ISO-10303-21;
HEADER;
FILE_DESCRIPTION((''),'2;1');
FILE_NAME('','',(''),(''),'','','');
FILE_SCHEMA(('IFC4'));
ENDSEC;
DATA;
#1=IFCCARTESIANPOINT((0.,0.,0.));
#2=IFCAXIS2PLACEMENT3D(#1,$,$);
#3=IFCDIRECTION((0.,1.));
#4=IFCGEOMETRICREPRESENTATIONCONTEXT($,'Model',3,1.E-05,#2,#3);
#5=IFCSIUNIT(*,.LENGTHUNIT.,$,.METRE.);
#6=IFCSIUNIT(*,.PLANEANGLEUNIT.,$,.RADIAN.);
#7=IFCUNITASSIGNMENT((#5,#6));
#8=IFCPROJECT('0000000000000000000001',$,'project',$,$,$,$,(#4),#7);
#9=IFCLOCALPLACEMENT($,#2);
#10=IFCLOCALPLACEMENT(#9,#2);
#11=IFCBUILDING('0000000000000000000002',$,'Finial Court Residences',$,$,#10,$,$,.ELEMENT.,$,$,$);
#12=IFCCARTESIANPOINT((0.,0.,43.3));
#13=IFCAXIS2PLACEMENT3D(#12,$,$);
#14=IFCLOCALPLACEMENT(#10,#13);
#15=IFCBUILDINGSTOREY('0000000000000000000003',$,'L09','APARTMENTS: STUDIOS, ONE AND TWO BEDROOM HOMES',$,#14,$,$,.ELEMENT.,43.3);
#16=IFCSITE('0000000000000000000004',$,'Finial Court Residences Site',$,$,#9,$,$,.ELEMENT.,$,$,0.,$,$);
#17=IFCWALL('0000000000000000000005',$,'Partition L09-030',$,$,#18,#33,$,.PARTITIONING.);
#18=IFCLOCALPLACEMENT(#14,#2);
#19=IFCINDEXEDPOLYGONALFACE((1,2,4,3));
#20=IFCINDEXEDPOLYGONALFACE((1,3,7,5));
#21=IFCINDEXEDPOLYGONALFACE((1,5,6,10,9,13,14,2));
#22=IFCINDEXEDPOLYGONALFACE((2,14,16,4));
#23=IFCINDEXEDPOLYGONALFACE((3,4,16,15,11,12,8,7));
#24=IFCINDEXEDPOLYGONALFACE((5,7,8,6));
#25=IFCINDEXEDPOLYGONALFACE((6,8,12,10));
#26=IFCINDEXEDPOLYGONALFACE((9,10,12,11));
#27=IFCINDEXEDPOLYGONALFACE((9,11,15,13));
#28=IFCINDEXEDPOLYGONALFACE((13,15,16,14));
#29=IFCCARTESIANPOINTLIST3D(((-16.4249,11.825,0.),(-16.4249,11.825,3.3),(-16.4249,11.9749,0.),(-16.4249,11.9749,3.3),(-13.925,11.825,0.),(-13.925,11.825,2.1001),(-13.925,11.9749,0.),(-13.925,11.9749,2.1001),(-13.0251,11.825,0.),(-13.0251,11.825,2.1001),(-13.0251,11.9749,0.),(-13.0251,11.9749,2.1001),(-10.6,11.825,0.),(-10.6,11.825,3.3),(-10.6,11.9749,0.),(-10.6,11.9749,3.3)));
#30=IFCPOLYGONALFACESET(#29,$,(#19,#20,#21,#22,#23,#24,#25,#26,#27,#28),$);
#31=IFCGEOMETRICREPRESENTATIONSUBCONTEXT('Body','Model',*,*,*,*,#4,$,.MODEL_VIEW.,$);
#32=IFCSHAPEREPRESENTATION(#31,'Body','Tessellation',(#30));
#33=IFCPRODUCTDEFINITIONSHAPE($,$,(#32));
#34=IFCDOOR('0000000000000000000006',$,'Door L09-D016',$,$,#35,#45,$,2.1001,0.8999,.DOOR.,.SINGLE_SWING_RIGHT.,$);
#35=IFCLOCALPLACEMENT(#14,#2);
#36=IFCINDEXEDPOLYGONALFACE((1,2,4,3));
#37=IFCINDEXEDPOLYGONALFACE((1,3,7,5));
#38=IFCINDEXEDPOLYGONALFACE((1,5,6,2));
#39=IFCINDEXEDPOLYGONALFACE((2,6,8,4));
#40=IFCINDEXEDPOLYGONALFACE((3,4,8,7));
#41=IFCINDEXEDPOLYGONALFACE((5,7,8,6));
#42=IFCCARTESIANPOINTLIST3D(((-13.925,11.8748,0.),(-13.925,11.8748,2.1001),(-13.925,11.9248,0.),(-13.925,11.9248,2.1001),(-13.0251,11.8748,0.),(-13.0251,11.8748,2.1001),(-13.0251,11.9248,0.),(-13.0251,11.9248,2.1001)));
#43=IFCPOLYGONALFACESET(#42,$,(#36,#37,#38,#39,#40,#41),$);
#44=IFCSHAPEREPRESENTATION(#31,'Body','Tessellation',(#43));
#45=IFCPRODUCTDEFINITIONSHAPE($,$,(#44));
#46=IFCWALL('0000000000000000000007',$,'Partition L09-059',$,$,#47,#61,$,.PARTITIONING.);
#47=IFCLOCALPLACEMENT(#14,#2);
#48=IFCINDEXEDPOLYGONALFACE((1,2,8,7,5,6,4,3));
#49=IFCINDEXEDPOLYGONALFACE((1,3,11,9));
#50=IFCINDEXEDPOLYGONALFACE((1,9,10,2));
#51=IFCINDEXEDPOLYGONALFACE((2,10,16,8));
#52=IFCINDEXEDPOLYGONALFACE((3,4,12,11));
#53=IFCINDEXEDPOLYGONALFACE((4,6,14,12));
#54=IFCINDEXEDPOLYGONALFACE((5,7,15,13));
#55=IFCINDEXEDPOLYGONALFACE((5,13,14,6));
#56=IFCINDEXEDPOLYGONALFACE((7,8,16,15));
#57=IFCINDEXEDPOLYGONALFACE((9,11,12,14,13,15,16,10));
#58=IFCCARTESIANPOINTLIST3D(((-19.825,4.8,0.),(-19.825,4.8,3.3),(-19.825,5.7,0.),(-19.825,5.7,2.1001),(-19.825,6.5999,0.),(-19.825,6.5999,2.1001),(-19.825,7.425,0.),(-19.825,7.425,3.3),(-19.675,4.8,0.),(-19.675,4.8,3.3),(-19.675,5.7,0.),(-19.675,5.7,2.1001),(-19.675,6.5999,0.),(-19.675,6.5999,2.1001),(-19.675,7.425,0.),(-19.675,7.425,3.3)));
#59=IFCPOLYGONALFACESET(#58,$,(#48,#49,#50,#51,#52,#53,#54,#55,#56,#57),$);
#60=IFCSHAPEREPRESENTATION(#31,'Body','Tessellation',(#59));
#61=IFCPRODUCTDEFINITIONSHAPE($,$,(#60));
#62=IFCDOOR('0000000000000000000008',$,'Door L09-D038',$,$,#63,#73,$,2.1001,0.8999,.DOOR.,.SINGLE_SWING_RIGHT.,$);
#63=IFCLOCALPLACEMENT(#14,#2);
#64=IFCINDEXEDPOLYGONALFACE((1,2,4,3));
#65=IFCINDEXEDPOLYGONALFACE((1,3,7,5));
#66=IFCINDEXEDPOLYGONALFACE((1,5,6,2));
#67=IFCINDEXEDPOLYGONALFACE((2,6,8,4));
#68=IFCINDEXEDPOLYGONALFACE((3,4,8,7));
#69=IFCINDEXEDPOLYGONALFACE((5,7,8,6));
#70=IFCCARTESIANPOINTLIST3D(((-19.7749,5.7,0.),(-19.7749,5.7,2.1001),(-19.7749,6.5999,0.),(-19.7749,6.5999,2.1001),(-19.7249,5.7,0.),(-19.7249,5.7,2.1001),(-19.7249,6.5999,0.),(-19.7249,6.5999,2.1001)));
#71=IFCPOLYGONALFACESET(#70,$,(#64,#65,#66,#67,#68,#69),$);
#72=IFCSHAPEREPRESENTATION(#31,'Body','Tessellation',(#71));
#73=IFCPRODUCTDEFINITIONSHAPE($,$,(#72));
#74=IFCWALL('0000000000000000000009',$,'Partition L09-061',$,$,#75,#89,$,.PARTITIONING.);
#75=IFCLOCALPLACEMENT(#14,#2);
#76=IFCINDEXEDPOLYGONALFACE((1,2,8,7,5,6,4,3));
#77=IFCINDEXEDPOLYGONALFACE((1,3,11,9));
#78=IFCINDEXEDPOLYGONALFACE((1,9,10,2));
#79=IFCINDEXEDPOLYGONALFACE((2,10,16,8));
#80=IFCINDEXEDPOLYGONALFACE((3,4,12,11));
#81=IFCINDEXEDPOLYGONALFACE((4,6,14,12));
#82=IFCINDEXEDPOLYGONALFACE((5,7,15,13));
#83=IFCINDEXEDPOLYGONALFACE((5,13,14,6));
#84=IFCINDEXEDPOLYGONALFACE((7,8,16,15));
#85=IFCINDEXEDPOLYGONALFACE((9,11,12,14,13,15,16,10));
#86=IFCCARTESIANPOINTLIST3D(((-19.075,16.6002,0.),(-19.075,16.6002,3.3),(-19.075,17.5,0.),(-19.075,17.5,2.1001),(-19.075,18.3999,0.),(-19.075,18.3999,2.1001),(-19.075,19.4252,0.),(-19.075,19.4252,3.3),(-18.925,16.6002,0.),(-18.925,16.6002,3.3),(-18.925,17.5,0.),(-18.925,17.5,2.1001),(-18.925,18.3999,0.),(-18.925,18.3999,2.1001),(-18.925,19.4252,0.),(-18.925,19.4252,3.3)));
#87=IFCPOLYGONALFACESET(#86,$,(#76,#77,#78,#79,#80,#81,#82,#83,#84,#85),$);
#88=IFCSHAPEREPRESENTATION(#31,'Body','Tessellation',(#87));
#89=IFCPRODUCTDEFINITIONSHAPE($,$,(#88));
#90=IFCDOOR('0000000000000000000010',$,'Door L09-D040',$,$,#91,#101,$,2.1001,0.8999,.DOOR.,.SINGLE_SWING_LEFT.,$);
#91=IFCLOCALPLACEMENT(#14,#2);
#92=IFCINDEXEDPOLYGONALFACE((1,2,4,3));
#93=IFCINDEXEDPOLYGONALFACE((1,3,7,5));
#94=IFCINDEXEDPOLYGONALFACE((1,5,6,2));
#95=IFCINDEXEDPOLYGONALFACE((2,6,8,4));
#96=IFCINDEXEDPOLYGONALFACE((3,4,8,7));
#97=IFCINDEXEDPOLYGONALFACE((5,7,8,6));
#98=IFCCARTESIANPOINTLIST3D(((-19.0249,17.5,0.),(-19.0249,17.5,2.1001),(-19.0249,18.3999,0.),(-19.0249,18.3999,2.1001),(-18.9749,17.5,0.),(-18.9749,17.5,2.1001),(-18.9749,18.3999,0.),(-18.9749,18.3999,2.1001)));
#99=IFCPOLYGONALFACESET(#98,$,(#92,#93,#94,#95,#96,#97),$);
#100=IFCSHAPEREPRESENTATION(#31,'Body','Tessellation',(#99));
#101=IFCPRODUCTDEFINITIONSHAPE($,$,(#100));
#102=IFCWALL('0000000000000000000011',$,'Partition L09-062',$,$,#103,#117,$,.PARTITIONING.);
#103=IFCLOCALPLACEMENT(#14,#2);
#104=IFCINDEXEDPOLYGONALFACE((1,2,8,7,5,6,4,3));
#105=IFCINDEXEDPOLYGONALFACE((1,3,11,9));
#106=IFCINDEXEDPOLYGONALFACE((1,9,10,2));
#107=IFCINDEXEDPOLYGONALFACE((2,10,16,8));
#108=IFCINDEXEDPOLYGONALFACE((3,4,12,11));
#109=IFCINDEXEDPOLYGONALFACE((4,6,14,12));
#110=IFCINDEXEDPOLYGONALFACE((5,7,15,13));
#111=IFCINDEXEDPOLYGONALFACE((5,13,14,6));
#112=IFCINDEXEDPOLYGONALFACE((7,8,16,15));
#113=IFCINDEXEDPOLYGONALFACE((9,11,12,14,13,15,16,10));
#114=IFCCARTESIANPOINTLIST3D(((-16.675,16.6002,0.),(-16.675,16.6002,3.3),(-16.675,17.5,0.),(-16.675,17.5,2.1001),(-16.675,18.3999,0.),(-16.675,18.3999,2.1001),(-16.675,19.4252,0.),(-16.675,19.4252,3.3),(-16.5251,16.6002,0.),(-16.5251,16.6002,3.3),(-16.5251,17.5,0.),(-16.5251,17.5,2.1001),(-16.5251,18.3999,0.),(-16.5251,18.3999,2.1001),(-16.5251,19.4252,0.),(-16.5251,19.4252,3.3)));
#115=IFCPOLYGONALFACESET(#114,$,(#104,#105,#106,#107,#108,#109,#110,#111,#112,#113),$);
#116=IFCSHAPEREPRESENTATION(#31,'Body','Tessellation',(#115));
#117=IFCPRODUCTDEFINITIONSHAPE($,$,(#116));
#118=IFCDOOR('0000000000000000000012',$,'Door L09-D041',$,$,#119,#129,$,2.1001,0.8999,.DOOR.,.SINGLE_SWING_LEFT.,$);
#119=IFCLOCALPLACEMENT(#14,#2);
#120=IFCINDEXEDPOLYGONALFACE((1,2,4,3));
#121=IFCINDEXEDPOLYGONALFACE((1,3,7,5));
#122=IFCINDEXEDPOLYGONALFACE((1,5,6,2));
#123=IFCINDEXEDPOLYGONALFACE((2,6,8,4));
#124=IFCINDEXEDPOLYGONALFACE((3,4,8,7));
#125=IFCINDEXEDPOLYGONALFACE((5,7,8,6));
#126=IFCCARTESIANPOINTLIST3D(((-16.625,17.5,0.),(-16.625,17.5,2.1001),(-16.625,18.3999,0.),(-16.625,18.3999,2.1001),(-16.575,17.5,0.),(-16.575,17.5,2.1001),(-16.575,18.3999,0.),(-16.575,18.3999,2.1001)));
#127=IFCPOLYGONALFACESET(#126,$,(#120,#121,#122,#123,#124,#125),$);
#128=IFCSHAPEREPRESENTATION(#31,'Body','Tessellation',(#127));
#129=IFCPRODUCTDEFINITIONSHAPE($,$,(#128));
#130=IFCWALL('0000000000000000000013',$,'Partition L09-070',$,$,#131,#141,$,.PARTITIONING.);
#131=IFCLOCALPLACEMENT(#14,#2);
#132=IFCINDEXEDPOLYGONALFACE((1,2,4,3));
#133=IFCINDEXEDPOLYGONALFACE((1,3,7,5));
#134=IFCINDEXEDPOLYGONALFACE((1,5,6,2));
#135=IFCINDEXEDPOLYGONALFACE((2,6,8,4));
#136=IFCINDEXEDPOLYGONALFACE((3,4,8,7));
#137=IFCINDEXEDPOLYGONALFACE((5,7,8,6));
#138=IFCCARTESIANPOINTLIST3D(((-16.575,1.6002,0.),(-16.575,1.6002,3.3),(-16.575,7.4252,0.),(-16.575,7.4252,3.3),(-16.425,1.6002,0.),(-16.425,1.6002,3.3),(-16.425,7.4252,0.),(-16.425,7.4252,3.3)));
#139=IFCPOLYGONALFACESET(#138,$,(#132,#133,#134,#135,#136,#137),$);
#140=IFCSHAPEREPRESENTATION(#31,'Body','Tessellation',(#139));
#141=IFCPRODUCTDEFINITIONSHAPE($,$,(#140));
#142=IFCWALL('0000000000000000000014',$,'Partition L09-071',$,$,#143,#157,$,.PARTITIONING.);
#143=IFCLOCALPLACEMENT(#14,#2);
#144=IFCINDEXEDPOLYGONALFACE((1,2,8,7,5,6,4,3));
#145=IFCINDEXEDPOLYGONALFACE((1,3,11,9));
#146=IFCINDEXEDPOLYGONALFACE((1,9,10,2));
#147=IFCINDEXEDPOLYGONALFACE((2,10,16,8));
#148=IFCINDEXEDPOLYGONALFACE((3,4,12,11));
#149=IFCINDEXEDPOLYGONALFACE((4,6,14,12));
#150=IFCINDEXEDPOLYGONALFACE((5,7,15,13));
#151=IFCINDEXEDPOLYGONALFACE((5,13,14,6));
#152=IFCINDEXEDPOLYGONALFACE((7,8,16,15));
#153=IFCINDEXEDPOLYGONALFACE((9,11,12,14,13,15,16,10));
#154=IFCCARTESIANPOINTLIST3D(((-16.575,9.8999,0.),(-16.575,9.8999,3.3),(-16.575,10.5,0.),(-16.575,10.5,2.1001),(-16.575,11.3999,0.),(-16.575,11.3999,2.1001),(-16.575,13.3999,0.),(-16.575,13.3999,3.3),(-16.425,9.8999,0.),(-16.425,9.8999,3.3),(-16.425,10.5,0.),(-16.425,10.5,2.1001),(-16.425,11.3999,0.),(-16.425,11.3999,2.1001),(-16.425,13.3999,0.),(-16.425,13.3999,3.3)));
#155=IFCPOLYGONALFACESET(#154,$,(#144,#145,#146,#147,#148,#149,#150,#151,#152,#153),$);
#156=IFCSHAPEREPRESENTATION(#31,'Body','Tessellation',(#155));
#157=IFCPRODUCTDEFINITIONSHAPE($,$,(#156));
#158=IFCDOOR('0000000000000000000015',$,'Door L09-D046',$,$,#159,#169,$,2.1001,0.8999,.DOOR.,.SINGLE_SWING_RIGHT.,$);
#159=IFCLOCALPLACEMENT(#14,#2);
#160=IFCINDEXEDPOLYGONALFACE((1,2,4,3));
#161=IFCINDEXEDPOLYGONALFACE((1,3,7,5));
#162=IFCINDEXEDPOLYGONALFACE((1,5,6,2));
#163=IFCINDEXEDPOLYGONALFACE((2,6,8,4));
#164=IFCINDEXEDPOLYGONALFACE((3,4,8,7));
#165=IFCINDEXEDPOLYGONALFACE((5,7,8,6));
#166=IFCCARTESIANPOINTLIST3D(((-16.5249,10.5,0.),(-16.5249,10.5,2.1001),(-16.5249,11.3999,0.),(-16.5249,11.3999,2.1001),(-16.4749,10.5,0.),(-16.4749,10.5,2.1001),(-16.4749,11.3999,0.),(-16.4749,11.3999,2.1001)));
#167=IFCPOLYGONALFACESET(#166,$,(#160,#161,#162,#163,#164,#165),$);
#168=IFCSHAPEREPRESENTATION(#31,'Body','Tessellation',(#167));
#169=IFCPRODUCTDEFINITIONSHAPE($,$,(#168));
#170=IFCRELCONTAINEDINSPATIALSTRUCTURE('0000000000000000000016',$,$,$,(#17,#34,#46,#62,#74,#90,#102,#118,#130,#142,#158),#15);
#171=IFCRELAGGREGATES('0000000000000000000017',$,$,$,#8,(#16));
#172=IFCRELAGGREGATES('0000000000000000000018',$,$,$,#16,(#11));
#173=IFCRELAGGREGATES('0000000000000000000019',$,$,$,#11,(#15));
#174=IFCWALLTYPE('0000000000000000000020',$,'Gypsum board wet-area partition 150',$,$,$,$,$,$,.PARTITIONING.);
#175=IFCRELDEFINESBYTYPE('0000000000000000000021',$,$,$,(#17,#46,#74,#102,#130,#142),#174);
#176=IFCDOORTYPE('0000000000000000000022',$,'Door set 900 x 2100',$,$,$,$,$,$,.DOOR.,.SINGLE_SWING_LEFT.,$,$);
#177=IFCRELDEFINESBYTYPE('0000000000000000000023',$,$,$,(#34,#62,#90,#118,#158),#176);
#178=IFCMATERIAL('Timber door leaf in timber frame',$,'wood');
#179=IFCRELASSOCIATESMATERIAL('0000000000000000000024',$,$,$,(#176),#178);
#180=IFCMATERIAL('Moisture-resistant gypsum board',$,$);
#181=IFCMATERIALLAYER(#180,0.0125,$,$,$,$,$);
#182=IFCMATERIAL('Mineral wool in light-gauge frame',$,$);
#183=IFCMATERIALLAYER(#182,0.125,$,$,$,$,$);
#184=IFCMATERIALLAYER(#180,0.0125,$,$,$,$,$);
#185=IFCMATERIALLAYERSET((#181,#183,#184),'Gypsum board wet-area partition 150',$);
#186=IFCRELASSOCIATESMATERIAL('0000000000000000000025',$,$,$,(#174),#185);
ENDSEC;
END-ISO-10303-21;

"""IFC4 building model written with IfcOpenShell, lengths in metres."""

from ifc_helpers import new_model, si_unit, direction, frame, frame_2d, origin, place, context, subcontext, project, spatial, rectangle, extrude, material, layer, layer_set, type_object, element, fill, save


model = new_model("IFC4")

# Units and contexts
model_context = context("Model", 3, precision=1e-05, world=origin(), true_north=direction((0.0, 1.0)))
body_context = subcontext(model_context, "Body", "Model", "MODEL_VIEW")
ifc_project = project(units=[si_unit("LENGTHUNIT", "METRE"), si_unit("PLANEANGLEUNIT", "RADIAN")], contexts=[model_context])

# Site, building, storey
site_placement = place(None, origin())
site = spatial("IfcSite", under=ifc_project, at=site_placement, Name="Finial Court Residences Site", CompositionType="ELEMENT", RefElevation=0.0)
building_placement = place(site_placement, origin())
building = spatial("IfcBuilding", under=site, at=building_placement, Name="Finial Court Residences", CompositionType="ELEMENT")
storey_placement = place(building_placement, frame((0.0, 0.0, 43.3)))
storey = spatial("IfcBuildingStorey", under=building, at=storey_placement, Name="L09", Description="APARTMENTS: STUDIOS, ONE AND TWO BEDROOM HOMES", CompositionType="ELEMENT", Elevation=43.3)

# Shared definitions
ifc_material_1 = material(Name="Mineral wool in light-gauge frame")
ifc_material_2 = material(Name="Timber door leaf in timber frame", Category="wood")
door_type = type_object("IfcDoorType", Name="Door set 900 x 2100", OperationType="SINGLE_SWING_LEFT", PredefinedType="DOOR", material=ifc_material_2)

# Shared definitions
ifc_material_3 = material(Name="Moisture-resistant gypsum board")
ifc_layer_1 = layer(ifc_material_3, 0.0125)
ifc_layer_2 = layer(ifc_material_1, 0.125)
ifc_layer_3 = layer(ifc_material_3, 0.0125)
ifc_layer_set_1 = layer_set([ifc_layer_1, ifc_layer_2, ifc_layer_3], Name="Gypsum board wet-area partition 150")
wall_type_1 = type_object("IfcWallType", Name="Gypsum board wet-area partition 150", PredefinedType="PARTITIONING", material=ifc_layer_set_1)

# Walls, openings, doors
wall_1_placement = place(storey_placement, frame((-16.425, 11.8999, 0.0), z_axis=(0.0, 0.0, 1.0), x_axis=(1.0, 0.0, 0.0)))
wall_1 = element("IfcWall", 1, at=wall_1_placement, inside=storey, type_object=wall_type_1, Name="Partition L09-030", PredefinedType="PARTITIONING", context=body_context, shape_type="SweptSolid", body=[
    extrude(rectangle(XDim=5.825, YDim=0.1499, at=frame_2d((2.9126, 0.0))), origin(), (0.0, 0.0, 1.0), 3.3),
])
opening_1_placement = place(wall_1_placement, frame((2.5, 0.0, 0.0)))
opening_1 = element("IfcOpeningElement", 2, at=opening_1_placement, cuts=wall_1, PredefinedType="OPENING", context=body_context, shape_type="SweptSolid", body=[
    extrude(rectangle(XDim=0.8999, YDim=2.1001, at=frame_2d((0.45, 1.05))), frame((0.0, 0.085, 0.0), z_axis=(0.0, -1.0, 0.0), x_axis=(1.0, 0.0, 0.0)), (0.0, 0.0, 1.0), 0.1699),
])
door_1_placement = place(opening_1_placement, origin())
door_1 = element("IfcDoor", 3, at=door_1_placement, inside=storey, type_object=door_type, Name="Door L09-D016", OperationType="SINGLE_SWING_RIGHT", OverallHeight=2.1001, OverallWidth=0.8999, PredefinedType="DOOR", context=body_context, shape_type="SweptSolid", body=[
    extrude(rectangle(XDim=0.8999, YDim=2.1001, at=frame_2d((0.45, 1.05))), frame((0.0, 0.0249, 0.0), z_axis=(0.0, -1.0, 0.0), x_axis=(1.0, 0.0, 0.0)), (0.0, 0.0, 1.0), 0.05),
])
fill(opening_1, door_1)
wall_2_placement = place(storey_placement, frame((-19.75, 4.8, 0.0), z_axis=(0.0, 0.0, 1.0), x_axis=(0.0, 1.0, 0.0)))
wall_2 = element("IfcWall", 4, at=wall_2_placement, inside=storey, type_object=wall_type_1, Name="Partition L09-059", PredefinedType="PARTITIONING", context=body_context, shape_type="SweptSolid", body=[
    extrude(rectangle(XDim=2.625, YDim=0.1499, at=frame_2d((1.3125, 0.0))), origin(), (0.0, 0.0, 1.0), 3.3),
])
opening_2_placement = place(wall_2_placement, frame((0.8999, 0.0, 0.0)))
opening_2 = element("IfcOpeningElement", 5, at=opening_2_placement, cuts=wall_2, PredefinedType="OPENING", context=body_context, shape_type="SweptSolid", body=[
    extrude(rectangle(XDim=0.8999, YDim=2.1001, at=frame_2d((0.45, 1.05))), frame((0.0, 0.085, 0.0), z_axis=(0.0, -1.0, 0.0), x_axis=(1.0, 0.0, 0.0)), (0.0, 0.0, 1.0), 0.1699),
])
door_2_placement = place(opening_2_placement, origin())
door_2 = element("IfcDoor", 6, at=door_2_placement, inside=storey, type_object=door_type, Name="Door L09-D038", OperationType="SINGLE_SWING_RIGHT", OverallHeight=2.1001, OverallWidth=0.8999, PredefinedType="DOOR", context=body_context, shape_type="SweptSolid", body=[
    extrude(rectangle(XDim=0.8999, YDim=2.1001, at=frame_2d((0.45, 1.05))), frame((0.0, 0.0249, 0.0), z_axis=(0.0, -1.0, 0.0), x_axis=(1.0, 0.0, 0.0)), (0.0, 0.0, 1.0), 0.05),
])
fill(opening_2, door_2)
wall_3_placement = place(storey_placement, frame((-19.0, 16.6001, 0.0), z_axis=(0.0, 0.0, 1.0), x_axis=(0.0, 1.0, 0.0)))
wall_3 = element("IfcWall", 7, at=wall_3_placement, inside=storey, type_object=wall_type_1, Name="Partition L09-061", PredefinedType="PARTITIONING", context=body_context, shape_type="SweptSolid", body=[
    extrude(rectangle(XDim=2.825, YDim=0.1499, at=frame_2d((1.4126, 0.0))), origin(), (0.0, 0.0, 1.0), 3.3),
])
opening_3_placement = place(wall_3_placement, frame((0.8999, 0.0, 0.0)))
opening_3 = element("IfcOpeningElement", 8, at=opening_3_placement, cuts=wall_3, PredefinedType="OPENING", context=body_context, shape_type="SweptSolid", body=[
    extrude(rectangle(XDim=0.8999, YDim=2.1001, at=frame_2d((0.45, 1.05))), frame((0.0, 0.085, 0.0), z_axis=(0.0, -1.0, 0.0), x_axis=(1.0, 0.0, 0.0)), (0.0, 0.0, 1.0), 0.1699),
])
door_3_placement = place(opening_3_placement, origin())
door_3 = element("IfcDoor", 9, at=door_3_placement, inside=storey, type_object=door_type, Name="Door L09-D040", OperationType="SINGLE_SWING_LEFT", OverallHeight=2.1001, OverallWidth=0.8999, PredefinedType="DOOR", context=body_context, shape_type="SweptSolid", body=[
    extrude(rectangle(XDim=0.8999, YDim=2.1001, at=frame_2d((0.45, 1.05))), frame((0.0, 0.0249, 0.0), z_axis=(0.0, -1.0, 0.0), x_axis=(1.0, 0.0, 0.0)), (0.0, 0.0, 1.0), 0.05),
])
fill(opening_3, door_3)
wall_4_placement = place(storey_placement, frame((-16.6001, 16.6001, 0.0), z_axis=(0.0, 0.0, 1.0), x_axis=(0.0, 1.0, 0.0)))
wall_4 = element("IfcWall", 10, at=wall_4_placement, inside=storey, type_object=wall_type_1, Name="Partition L09-062", PredefinedType="PARTITIONING", context=body_context, shape_type="SweptSolid", body=[
    extrude(rectangle(XDim=2.825, YDim=0.1499, at=frame_2d((1.4126, 0.0))), origin(), (0.0, 0.0, 1.0), 3.3),
])
opening_4_placement = place(wall_4_placement, frame((0.8999, 0.0, 0.0)))
opening_4 = element("IfcOpeningElement", 11, at=opening_4_placement, cuts=wall_4, PredefinedType="OPENING", context=body_context, shape_type="SweptSolid", body=[
    extrude(rectangle(XDim=0.8999, YDim=2.1001, at=frame_2d((0.45, 1.05))), frame((0.0, 0.085, 0.0), z_axis=(0.0, -1.0, 0.0), x_axis=(1.0, 0.0, 0.0)), (0.0, 0.0, 1.0), 0.1699),
])
door_4_placement = place(opening_4_placement, origin())
door_4 = element("IfcDoor", 12, at=door_4_placement, inside=storey, type_object=door_type, Name="Door L09-D041", OperationType="SINGLE_SWING_LEFT", OverallHeight=2.1001, OverallWidth=0.8999, PredefinedType="DOOR", context=body_context, shape_type="SweptSolid", body=[
    extrude(rectangle(XDim=0.8999, YDim=2.1001, at=frame_2d((0.45, 1.05))), frame((0.0, 0.0249, 0.0), z_axis=(0.0, -1.0, 0.0), x_axis=(1.0, 0.0, 0.0)), (0.0, 0.0, 1.0), 0.05),
])
fill(opening_4, door_4)

# Wall
wall_5_placement = place(storey_placement, frame((-16.5, 1.6001, 0.0), z_axis=(0.0, 0.0, 1.0), x_axis=(0.0, 1.0, 0.0)))
element("IfcWall", 13, at=wall_5_placement, inside=storey, type_object=wall_type_1, Name="Partition L09-070", PredefinedType="PARTITIONING", context=body_context, shape_type="SweptSolid", body=[
    extrude(rectangle(XDim=5.825, YDim=0.1499, at=frame_2d((2.9126, 0.0))), origin(), (0.0, 0.0, 1.0), 3.3),
])

# Wall, opening, door
wall_6_placement = place(storey_placement, frame((-16.5, 9.8999, 0.0), z_axis=(0.0, 0.0, 1.0), x_axis=(0.0, 1.0, 0.0)))
wall_6 = element("IfcWall", 14, at=wall_6_placement, inside=storey, type_object=wall_type_1, Name="Partition L09-071", PredefinedType="PARTITIONING", context=body_context, shape_type="SweptSolid", body=[
    extrude(rectangle(XDim=3.5, YDim=0.1499, at=frame_2d((1.75, 0.0))), origin(), (0.0, 0.0, 1.0), 3.3),
])
opening_5_placement = place(wall_6_placement, frame((0.6001, 0.0, 0.0)))
opening_5 = element("IfcOpeningElement", 15, at=opening_5_placement, cuts=wall_6, PredefinedType="OPENING", context=body_context, shape_type="SweptSolid", body=[
    extrude(rectangle(XDim=0.8999, YDim=2.1001, at=frame_2d((0.45, 1.05))), frame((0.0, 0.085, 0.0), z_axis=(0.0, -1.0, 0.0), x_axis=(1.0, 0.0, 0.0)), (0.0, 0.0, 1.0), 0.1699),
])
door_5_placement = place(opening_5_placement, origin())
door_5 = element("IfcDoor", 16, at=door_5_placement, inside=storey, type_object=door_type, Name="Door L09-D046", OperationType="SINGLE_SWING_RIGHT", OverallHeight=2.1001, OverallWidth=0.8999, PredefinedType="DOOR", context=body_context, shape_type="SweptSolid", body=[
    extrude(rectangle(XDim=0.8999, YDim=2.1001, at=frame_2d((0.45, 1.05))), frame((0.0, 0.0249, 0.0), z_axis=(0.0, -1.0, 0.0), x_axis=(1.0, 0.0, 0.0)), (0.0, 0.0, 1.0), 0.05),
])
fill(opening_5, door_5)

save(model, "model.ifc")
